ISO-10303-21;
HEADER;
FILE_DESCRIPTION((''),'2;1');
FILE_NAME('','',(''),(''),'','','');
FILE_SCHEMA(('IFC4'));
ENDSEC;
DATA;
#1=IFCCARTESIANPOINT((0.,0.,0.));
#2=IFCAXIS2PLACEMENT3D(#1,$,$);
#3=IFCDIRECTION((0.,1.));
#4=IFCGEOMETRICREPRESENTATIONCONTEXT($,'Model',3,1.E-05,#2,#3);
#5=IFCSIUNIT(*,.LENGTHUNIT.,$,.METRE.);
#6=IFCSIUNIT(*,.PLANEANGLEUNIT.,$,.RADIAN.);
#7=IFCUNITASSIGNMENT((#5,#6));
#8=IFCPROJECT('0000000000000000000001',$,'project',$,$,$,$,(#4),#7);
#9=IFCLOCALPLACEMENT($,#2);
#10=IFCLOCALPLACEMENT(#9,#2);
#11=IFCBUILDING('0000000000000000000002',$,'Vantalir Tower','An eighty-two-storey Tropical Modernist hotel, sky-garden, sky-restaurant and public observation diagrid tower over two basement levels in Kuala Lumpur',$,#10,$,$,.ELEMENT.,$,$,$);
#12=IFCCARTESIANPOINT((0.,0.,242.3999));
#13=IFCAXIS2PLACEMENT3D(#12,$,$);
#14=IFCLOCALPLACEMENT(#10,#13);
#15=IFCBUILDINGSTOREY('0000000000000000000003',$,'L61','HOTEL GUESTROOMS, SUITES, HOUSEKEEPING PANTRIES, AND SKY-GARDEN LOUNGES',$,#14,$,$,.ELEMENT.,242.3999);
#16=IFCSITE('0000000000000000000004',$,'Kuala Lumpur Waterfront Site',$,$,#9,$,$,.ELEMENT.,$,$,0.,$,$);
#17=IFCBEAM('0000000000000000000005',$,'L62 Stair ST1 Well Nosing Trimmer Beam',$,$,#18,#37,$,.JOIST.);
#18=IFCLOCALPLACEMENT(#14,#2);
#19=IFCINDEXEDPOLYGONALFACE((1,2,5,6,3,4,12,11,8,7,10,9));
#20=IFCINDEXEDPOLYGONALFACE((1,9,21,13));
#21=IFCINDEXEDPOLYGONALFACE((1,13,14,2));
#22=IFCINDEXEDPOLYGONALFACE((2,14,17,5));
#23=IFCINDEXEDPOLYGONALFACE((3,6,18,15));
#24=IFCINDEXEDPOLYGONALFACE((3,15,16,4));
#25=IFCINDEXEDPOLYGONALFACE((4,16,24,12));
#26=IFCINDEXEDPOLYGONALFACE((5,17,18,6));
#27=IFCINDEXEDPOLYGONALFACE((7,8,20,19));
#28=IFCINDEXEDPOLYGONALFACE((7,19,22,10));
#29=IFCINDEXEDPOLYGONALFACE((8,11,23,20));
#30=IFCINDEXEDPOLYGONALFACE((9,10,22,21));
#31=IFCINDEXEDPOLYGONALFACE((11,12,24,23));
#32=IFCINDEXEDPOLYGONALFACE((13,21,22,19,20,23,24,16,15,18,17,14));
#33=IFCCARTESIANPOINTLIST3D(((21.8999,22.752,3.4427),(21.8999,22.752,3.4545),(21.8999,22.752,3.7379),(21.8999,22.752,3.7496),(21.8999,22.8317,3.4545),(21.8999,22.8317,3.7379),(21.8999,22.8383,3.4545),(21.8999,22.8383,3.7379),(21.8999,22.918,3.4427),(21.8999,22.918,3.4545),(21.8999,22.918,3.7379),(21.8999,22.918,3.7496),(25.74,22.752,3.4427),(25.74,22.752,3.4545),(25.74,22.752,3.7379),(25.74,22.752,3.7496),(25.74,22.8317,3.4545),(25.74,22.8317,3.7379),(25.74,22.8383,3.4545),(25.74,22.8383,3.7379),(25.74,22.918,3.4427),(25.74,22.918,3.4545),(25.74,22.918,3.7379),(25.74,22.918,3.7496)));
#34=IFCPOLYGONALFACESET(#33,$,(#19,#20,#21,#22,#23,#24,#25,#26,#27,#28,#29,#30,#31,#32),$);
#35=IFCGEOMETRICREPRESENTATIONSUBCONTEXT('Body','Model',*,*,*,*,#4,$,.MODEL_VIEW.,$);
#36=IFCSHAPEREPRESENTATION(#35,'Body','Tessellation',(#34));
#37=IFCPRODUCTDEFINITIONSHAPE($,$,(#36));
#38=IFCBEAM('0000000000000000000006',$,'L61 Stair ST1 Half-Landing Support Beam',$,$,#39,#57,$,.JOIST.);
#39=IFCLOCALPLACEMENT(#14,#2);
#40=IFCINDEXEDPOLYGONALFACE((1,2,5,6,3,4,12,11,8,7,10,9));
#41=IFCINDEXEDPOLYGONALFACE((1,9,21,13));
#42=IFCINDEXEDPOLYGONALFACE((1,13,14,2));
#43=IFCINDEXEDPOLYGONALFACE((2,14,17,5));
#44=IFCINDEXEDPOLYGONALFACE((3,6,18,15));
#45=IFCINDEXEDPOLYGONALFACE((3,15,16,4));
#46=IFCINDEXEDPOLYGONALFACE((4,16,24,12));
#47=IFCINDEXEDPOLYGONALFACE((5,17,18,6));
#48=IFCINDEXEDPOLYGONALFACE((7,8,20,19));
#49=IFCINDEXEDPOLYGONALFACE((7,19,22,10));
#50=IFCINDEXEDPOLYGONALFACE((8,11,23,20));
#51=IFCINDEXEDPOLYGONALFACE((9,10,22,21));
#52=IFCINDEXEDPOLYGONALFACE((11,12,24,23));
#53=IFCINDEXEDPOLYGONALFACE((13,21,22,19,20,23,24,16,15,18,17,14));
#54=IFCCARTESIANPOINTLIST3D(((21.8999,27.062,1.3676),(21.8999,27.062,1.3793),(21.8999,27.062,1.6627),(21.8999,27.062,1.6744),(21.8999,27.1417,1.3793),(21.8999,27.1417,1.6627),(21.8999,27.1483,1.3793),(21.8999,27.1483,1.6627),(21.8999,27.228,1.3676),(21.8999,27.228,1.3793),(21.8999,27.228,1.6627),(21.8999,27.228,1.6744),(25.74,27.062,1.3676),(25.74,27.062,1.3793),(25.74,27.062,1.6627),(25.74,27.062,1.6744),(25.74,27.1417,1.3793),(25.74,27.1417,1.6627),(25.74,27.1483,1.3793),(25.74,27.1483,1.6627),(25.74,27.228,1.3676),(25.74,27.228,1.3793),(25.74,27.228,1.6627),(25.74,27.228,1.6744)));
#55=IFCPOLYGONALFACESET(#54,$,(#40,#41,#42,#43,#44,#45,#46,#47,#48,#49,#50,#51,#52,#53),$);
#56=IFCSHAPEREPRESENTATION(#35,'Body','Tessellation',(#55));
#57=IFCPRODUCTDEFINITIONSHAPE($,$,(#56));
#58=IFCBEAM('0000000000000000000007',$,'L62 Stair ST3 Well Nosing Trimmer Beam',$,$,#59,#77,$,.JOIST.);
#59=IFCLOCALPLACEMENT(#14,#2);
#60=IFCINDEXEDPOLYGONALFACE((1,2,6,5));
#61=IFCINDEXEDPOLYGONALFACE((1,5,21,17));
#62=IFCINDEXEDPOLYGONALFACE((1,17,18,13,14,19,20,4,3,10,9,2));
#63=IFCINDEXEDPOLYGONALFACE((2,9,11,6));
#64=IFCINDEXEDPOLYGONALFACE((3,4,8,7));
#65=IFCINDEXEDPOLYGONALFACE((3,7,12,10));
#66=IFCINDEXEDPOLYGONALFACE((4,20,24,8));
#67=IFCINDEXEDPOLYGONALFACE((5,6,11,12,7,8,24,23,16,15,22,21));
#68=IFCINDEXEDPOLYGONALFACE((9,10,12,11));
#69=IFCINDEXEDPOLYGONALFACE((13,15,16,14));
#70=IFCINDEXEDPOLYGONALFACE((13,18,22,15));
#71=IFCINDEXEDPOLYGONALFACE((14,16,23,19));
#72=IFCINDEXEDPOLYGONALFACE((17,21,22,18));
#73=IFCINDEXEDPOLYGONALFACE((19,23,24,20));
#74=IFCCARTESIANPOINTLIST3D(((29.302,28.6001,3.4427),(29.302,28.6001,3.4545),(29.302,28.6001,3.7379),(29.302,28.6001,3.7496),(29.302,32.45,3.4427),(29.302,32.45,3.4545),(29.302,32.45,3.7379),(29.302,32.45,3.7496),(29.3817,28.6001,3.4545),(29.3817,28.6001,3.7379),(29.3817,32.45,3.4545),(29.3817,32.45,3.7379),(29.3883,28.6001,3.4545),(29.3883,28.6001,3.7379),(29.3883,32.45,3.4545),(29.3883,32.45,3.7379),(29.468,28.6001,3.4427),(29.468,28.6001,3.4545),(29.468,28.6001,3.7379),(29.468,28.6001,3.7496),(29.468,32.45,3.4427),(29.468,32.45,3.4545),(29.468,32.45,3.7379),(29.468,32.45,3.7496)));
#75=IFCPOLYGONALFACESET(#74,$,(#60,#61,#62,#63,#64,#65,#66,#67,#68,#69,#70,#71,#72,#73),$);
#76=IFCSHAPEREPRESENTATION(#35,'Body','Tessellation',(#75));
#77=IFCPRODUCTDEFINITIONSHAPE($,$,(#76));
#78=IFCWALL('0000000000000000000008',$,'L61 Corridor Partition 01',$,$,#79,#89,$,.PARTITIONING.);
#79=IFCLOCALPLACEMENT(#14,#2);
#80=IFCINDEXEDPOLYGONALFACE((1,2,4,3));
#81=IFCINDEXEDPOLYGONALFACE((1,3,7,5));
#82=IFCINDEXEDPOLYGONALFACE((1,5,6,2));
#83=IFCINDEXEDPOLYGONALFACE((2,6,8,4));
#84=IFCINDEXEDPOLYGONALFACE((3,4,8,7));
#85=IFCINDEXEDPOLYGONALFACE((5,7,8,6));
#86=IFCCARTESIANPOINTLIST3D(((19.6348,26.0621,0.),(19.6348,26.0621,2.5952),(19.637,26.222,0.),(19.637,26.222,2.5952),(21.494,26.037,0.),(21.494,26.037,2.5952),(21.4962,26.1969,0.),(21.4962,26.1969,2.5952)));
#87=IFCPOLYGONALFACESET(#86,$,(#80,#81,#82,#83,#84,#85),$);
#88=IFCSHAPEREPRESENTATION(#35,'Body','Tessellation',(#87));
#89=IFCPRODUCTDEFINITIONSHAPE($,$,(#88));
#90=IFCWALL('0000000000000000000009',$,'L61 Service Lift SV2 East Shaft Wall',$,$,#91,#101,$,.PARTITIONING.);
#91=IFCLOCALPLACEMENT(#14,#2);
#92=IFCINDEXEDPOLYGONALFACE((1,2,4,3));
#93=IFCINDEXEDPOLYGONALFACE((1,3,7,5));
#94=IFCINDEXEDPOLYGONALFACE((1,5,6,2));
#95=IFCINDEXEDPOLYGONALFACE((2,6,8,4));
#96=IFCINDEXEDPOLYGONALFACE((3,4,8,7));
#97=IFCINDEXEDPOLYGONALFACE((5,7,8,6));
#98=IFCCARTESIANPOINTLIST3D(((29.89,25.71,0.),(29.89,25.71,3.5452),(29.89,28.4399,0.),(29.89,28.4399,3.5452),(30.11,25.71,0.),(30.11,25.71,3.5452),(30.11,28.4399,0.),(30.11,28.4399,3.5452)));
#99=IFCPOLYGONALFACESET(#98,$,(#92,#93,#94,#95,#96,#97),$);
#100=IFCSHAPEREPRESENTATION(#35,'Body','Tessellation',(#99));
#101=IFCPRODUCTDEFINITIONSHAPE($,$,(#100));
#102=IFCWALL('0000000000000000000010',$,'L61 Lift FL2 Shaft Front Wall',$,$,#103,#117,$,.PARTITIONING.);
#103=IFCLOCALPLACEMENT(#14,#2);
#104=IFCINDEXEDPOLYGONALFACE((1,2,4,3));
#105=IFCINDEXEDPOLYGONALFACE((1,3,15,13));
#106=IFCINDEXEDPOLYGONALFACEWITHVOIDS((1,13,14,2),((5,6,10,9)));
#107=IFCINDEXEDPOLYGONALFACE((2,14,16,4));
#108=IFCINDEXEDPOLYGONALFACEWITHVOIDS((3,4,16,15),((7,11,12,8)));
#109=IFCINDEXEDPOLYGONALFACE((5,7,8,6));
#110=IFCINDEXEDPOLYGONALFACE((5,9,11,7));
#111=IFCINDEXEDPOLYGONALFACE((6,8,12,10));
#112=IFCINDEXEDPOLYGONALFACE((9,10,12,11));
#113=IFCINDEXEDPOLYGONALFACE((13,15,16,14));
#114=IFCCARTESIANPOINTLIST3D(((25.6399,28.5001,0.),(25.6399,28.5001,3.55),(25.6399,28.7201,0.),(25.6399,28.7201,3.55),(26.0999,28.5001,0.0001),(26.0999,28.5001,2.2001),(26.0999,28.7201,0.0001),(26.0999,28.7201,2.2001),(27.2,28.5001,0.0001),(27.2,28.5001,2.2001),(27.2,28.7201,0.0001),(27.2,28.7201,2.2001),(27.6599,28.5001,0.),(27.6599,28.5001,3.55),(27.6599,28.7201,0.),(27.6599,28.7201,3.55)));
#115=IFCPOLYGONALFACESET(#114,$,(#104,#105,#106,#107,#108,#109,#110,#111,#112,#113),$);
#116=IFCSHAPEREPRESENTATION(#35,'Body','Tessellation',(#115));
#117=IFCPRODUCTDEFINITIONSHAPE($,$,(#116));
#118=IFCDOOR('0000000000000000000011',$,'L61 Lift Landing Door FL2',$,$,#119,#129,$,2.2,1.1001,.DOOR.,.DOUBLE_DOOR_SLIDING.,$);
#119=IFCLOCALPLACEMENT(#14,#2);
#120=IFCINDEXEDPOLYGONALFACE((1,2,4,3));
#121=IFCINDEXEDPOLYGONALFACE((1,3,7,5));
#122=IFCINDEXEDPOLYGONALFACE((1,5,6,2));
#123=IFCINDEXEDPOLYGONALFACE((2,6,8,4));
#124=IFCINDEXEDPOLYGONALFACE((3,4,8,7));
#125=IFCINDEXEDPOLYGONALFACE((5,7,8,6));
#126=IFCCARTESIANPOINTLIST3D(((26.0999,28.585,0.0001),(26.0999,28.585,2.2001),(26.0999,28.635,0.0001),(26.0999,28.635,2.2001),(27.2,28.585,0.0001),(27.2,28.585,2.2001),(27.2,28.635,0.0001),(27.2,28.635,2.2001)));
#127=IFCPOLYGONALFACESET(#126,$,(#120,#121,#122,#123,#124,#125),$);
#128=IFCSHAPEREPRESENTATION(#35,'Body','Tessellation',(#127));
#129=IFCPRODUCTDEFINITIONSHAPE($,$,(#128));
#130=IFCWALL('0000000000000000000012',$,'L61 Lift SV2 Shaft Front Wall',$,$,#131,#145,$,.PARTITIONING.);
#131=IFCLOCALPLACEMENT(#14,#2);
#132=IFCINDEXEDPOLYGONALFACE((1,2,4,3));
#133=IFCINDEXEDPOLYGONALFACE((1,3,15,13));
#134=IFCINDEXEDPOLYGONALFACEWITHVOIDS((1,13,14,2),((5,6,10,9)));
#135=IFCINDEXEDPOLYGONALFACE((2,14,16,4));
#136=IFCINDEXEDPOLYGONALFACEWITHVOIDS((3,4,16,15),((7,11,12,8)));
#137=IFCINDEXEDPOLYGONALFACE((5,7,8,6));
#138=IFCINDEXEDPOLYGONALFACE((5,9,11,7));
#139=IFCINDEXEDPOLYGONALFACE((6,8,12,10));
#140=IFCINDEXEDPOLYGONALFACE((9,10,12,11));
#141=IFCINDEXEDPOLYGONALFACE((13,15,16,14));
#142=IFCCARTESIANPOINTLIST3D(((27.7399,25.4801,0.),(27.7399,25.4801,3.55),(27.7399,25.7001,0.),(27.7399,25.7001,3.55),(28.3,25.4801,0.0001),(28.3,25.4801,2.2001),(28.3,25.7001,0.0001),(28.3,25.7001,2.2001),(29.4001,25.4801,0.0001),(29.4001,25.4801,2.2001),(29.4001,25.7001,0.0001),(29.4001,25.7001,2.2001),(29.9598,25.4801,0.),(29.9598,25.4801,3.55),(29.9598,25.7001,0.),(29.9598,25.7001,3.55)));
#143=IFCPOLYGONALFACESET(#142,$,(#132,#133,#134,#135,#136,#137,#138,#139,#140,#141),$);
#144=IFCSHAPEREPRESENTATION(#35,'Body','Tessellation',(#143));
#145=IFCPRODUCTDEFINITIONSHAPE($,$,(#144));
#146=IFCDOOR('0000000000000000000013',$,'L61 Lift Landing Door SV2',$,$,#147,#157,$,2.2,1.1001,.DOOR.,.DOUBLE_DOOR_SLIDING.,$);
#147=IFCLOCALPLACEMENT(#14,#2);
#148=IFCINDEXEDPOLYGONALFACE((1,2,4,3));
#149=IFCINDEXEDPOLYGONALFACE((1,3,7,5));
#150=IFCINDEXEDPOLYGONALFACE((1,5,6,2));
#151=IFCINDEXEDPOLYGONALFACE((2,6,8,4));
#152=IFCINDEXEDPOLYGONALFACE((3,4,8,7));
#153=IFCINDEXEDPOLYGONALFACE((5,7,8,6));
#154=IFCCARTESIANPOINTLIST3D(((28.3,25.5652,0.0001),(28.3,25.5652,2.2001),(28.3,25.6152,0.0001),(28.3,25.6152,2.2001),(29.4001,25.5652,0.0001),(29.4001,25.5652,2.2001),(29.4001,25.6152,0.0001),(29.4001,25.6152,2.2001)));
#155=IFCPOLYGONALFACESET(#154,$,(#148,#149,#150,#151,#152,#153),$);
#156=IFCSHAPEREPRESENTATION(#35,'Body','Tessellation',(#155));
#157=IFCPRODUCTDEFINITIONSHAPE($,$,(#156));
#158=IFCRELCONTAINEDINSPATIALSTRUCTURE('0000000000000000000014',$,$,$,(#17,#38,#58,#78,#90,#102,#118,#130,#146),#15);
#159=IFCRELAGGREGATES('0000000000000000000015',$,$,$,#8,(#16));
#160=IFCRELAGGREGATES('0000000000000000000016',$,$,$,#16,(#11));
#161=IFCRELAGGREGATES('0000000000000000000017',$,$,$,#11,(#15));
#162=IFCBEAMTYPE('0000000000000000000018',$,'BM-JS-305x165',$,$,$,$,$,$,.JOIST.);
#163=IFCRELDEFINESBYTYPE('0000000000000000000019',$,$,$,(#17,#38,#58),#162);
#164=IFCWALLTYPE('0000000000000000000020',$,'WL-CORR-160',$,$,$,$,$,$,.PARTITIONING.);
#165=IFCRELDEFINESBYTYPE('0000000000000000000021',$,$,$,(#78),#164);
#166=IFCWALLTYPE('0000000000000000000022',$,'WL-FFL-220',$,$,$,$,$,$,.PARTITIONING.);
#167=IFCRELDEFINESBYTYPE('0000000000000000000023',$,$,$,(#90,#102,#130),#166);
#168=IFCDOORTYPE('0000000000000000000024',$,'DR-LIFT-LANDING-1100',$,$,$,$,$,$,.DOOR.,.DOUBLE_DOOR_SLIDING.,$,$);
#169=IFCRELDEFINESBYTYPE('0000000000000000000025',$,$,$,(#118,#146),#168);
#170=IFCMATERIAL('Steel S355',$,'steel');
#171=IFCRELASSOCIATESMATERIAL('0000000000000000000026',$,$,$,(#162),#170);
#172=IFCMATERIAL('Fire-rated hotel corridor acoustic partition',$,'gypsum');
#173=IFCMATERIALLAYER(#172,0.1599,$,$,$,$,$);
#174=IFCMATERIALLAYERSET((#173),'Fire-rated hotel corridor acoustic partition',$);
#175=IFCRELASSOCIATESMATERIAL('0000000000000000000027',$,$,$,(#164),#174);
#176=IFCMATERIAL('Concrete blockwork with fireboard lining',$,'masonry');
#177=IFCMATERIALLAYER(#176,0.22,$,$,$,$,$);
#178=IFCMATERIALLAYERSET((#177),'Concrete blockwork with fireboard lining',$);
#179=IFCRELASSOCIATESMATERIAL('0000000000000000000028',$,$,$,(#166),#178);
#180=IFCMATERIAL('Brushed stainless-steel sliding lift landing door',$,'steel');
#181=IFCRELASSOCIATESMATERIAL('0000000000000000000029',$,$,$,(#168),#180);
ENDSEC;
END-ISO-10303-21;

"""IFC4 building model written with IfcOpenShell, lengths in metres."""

from ifc_helpers import new_model, si_unit, direction, frame, frame_2d, origin, origin_2d, place, context, subcontext, project, spatial, rectangle, i_section, extrude, material, layer, layer_set, material_profile, profile_set, type_object, element, fill, save


model = new_model("IFC4")

# Units and contexts
model_context = context("Model", 3, precision=1e-05, world=origin(), true_north=direction((0.0, 1.0)))
body_context = subcontext(model_context, "Body", "Model", "MODEL_VIEW")
ifc_project = project(units=[si_unit("LENGTHUNIT", "METRE"), si_unit("PLANEANGLEUNIT", "RADIAN")], contexts=[model_context])

# Site, building, storey
site_placement = place(None, origin())
site = spatial("IfcSite", under=ifc_project, at=site_placement, Name="Kuala Lumpur Waterfront Site", CompositionType="ELEMENT", RefElevation=0.0)
building_placement = place(site_placement, origin())
building = spatial("IfcBuilding", under=site, at=building_placement, Name="Vantalir Tower", Description="An eighty-two-storey Tropical Modernist hotel, sky-garden, sky-restaurant and public observation diagrid tower over two basement levels in Kuala Lumpur", CompositionType="ELEMENT")
storey_placement = place(building_placement, frame((0.0, 0.0, 242.3999)))
storey = spatial("IfcBuildingStorey", under=building, at=storey_placement, Name="L61", Description="HOTEL GUESTROOMS, SUITES, HOUSEKEEPING PANTRIES, AND SKY-GARDEN LOUNGES", CompositionType="ELEMENT", Elevation=242.3999)

# Beams
ifc_material_1 = material(Name="Steel S355", Category="steel")
ifc_material_profile = material_profile(ifc_material_1, i_section(OverallWidth=0.166, OverallDepth=0.3069, WebThickness=0.0066, FlangeThickness=0.0117, at=origin_2d()), Name="Steel S355")
ifc_profile_set = profile_set([ifc_material_profile], Name="Steel S355")
beam_type = type_object("IfcBeamType", Name="BM-JS-305x165", PredefinedType="JOIST", material=ifc_profile_set)
for number, where, z_axis, x_axis, name in (
    (1, (21.8999, 22.835, 3.5962), (1.0, 0.0, 0.0), (0.0, 1.0, 0.0), "L62 Stair ST1 Well Nosing Trimmer Beam"),
    (2, (21.8999, 27.145, 1.521), (1.0, 0.0, 0.0), (0.0, 1.0, 0.0), "L61 Stair ST1 Half-Landing Support Beam"),
):
    element("IfcBeam", number, at=place(storey_placement, frame(where, z_axis=z_axis, x_axis=x_axis)), inside=storey, type_object=beam_type, Name=name, PredefinedType="JOIST", context=body_context, shape_type="SweptSolid", body=[
        extrude(i_section(OverallWidth=0.166, OverallDepth=0.3069, WebThickness=0.0066, FlangeThickness=0.0117, at=origin_2d()), origin(), (0.0, 0.0, 1.0), 3.8401),
    ])
beam_placement = place(storey_placement, frame((29.385, 28.6001, 3.5962), z_axis=(0.0, 1.0, 0.0), x_axis=(-1.0, 0.0, 0.0)))
element("IfcBeam", 3, at=beam_placement, inside=storey, type_object=beam_type, Name="L62 Stair ST3 Well Nosing Trimmer Beam", PredefinedType="JOIST", context=body_context, shape_type="SweptSolid", body=[
    extrude(i_section(OverallWidth=0.166, OverallDepth=0.3069, WebThickness=0.0066, FlangeThickness=0.0117, at=origin_2d()), origin(), (0.0, 0.0, 1.0), 3.8499),
])

# Walls
ifc_material_2 = material(Name="Fire-rated hotel corridor acoustic partition", Category="gypsum")
ifc_layer_1 = layer(ifc_material_2, 0.1599)
ifc_layer_set_1 = layer_set([ifc_layer_1], Name="Fire-rated hotel corridor acoustic partition")
wall_type_1 = type_object("IfcWallType", Name="WL-CORR-160", PredefinedType="PARTITIONING", material=ifc_layer_set_1)
wall_1_placement = place(storey_placement, frame((21.4951, 26.1169, 0.0), z_axis=(0.0, 0.0, 1.0), x_axis=(-0.999909, 0.013525, 0.0)))
element("IfcWall", 4, at=wall_1_placement, inside=storey, type_object=wall_type_1, Name="L61 Corridor Partition 01", PredefinedType="PARTITIONING", context=body_context, shape_type="SweptSolid", body=[
    extrude(rectangle(XDim=1.8594, YDim=0.1599, at=frame_2d((0.9297, 0.0))), origin(), (0.0, 0.0, 1.0), 2.5952),
])
ifc_material_3 = material(Name="Concrete blockwork with fireboard lining", Category="masonry")
ifc_layer_2 = layer(ifc_material_3, 0.22)
ifc_layer_set_2 = layer_set([ifc_layer_2], Name="Concrete blockwork with fireboard lining")
wall_type_2 = type_object("IfcWallType", Name="WL-FFL-220", PredefinedType="PARTITIONING", material=ifc_layer_set_2)
wall_2_placement = place(storey_placement, frame((30.0, 25.71, 0.0), z_axis=(0.0, 0.0, 1.0), x_axis=(0.0, 1.0, 0.0)))
element("IfcWall", 5, at=wall_2_placement, inside=storey, type_object=wall_type_2, Name="L61 Service Lift SV2 East Shaft Wall", PredefinedType="PARTITIONING", context=body_context, shape_type="SweptSolid", body=[
    extrude(rectangle(XDim=2.73, YDim=0.22, at=frame_2d((1.365, 0.0))), origin(), (0.0, 0.0, 1.0), 3.5452),
])

# Walls, openings, doors
wall_3_placement = place(storey_placement, frame((25.6399, 28.6101, 0.0), z_axis=(0.0, 0.0, 1.0), x_axis=(1.0, 0.0, 0.0)))
wall_3 = element("IfcWall", 6, at=wall_3_placement, inside=storey, type_object=wall_type_2, Name="L61 Lift FL2 Shaft Front Wall", PredefinedType="PARTITIONING", context=body_context, shape_type="SweptSolid", body=[
    extrude(rectangle(XDim=2.02, YDim=0.22, at=frame_2d((1.01, 0.0))), origin(), (0.0, 0.0, 1.0), 3.55),
])
opening_1_placement = place(wall_3_placement, frame((0.46, 0.0, 0.0)))
opening_1 = element("IfcOpeningElement", 7, at=opening_1_placement, cuts=wall_3, PredefinedType="OPENING", context=body_context, shape_type="SweptSolid", body=[
    extrude(rectangle(XDim=1.1001, YDim=2.2, at=frame_2d((0.55, 1.1001))), frame((0.0, 0.1199, 0.0), z_axis=(0.0, -1.0, 0.0), x_axis=(1.0, 0.0, 0.0)), (0.0, 0.0, 1.0), 0.24),
])
ifc_material_4 = material(Name="Brushed stainless-steel sliding lift landing door", Category="steel")
door_type_1 = type_object("IfcDoorType", Name="DR-LIFT-LANDING-1100", OperationType="DOUBLE_DOOR_SLIDING", PredefinedType="DOOR", material=ifc_material_4)
door_1_placement = place(opening_1_placement, origin())
door_1 = element("IfcDoor", 8, at=door_1_placement, inside=storey, type_object=door_type_1, Name="L61 Lift Landing Door FL2", OperationType="DOUBLE_DOOR_SLIDING", OverallHeight=2.2, OverallWidth=1.1001, PredefinedType="DOOR", context=body_context, shape_type="SweptSolid", body=[
    extrude(rectangle(XDim=1.1001, YDim=2.2, at=frame_2d((0.55, 1.1001))), frame((0.0, 0.0249, 0.0), z_axis=(0.0, -1.0, 0.0), x_axis=(1.0, 0.0, 0.0)), (0.0, 0.0, 1.0), 0.05),
])
fill(opening_1, door_1)
wall_4_placement = place(storey_placement, frame((27.74, 25.5901, 0.0), z_axis=(0.0, 0.0, 1.0), x_axis=(1.0, 0.0, 0.0)))
wall_4 = element("IfcWall", 9, at=wall_4_placement, inside=storey, type_object=wall_type_2, Name="L61 Lift SV2 Shaft Front Wall", PredefinedType="PARTITIONING", context=body_context, shape_type="SweptSolid", body=[
    extrude(rectangle(XDim=2.22, YDim=0.22, at=frame_2d((1.1099, 0.0))), origin(), (0.0, 0.0, 1.0), 3.55),
])
opening_2_placement = place(wall_4_placement, frame((0.5601, 0.0, 0.0)))
opening_2 = element("IfcOpeningElement", 10, at=opening_2_placement, cuts=wall_4, PredefinedType="OPENING", context=body_context, shape_type="SweptSolid", body=[
    extrude(rectangle(XDim=1.1001, YDim=2.2, at=frame_2d((0.55, 1.1001))), frame((0.0, 0.1199, 0.0), z_axis=(0.0, -1.0, 0.0), x_axis=(1.0, 0.0, 0.0)), (0.0, 0.0, 1.0), 0.24),
])
door_2_placement = place(opening_2_placement, frame((1.1001, 0.0, 0.0), z_axis=(0.0, 0.0, 1.0), x_axis=(-1.0, 0.0, 0.0)))
door_2 = element("IfcDoor", 11, at=door_2_placement, inside=storey, type_object=door_type_1, Name="L61 Lift Landing Door SV2", OperationType="DOUBLE_DOOR_SLIDING", OverallHeight=2.2, OverallWidth=1.1001, PredefinedType="DOOR", context=body_context, shape_type="SweptSolid", body=[
    extrude(rectangle(XDim=1.1001, YDim=2.2, at=frame_2d((0.55, 1.1001))), frame((0.0, 0.0249, 0.0), z_axis=(0.0, -1.0, 0.0), x_axis=(1.0, 0.0, 0.0)), (0.0, 0.0, 1.0), 0.05),
])
fill(opening_2, door_2)

save(model, "model.ifc")
